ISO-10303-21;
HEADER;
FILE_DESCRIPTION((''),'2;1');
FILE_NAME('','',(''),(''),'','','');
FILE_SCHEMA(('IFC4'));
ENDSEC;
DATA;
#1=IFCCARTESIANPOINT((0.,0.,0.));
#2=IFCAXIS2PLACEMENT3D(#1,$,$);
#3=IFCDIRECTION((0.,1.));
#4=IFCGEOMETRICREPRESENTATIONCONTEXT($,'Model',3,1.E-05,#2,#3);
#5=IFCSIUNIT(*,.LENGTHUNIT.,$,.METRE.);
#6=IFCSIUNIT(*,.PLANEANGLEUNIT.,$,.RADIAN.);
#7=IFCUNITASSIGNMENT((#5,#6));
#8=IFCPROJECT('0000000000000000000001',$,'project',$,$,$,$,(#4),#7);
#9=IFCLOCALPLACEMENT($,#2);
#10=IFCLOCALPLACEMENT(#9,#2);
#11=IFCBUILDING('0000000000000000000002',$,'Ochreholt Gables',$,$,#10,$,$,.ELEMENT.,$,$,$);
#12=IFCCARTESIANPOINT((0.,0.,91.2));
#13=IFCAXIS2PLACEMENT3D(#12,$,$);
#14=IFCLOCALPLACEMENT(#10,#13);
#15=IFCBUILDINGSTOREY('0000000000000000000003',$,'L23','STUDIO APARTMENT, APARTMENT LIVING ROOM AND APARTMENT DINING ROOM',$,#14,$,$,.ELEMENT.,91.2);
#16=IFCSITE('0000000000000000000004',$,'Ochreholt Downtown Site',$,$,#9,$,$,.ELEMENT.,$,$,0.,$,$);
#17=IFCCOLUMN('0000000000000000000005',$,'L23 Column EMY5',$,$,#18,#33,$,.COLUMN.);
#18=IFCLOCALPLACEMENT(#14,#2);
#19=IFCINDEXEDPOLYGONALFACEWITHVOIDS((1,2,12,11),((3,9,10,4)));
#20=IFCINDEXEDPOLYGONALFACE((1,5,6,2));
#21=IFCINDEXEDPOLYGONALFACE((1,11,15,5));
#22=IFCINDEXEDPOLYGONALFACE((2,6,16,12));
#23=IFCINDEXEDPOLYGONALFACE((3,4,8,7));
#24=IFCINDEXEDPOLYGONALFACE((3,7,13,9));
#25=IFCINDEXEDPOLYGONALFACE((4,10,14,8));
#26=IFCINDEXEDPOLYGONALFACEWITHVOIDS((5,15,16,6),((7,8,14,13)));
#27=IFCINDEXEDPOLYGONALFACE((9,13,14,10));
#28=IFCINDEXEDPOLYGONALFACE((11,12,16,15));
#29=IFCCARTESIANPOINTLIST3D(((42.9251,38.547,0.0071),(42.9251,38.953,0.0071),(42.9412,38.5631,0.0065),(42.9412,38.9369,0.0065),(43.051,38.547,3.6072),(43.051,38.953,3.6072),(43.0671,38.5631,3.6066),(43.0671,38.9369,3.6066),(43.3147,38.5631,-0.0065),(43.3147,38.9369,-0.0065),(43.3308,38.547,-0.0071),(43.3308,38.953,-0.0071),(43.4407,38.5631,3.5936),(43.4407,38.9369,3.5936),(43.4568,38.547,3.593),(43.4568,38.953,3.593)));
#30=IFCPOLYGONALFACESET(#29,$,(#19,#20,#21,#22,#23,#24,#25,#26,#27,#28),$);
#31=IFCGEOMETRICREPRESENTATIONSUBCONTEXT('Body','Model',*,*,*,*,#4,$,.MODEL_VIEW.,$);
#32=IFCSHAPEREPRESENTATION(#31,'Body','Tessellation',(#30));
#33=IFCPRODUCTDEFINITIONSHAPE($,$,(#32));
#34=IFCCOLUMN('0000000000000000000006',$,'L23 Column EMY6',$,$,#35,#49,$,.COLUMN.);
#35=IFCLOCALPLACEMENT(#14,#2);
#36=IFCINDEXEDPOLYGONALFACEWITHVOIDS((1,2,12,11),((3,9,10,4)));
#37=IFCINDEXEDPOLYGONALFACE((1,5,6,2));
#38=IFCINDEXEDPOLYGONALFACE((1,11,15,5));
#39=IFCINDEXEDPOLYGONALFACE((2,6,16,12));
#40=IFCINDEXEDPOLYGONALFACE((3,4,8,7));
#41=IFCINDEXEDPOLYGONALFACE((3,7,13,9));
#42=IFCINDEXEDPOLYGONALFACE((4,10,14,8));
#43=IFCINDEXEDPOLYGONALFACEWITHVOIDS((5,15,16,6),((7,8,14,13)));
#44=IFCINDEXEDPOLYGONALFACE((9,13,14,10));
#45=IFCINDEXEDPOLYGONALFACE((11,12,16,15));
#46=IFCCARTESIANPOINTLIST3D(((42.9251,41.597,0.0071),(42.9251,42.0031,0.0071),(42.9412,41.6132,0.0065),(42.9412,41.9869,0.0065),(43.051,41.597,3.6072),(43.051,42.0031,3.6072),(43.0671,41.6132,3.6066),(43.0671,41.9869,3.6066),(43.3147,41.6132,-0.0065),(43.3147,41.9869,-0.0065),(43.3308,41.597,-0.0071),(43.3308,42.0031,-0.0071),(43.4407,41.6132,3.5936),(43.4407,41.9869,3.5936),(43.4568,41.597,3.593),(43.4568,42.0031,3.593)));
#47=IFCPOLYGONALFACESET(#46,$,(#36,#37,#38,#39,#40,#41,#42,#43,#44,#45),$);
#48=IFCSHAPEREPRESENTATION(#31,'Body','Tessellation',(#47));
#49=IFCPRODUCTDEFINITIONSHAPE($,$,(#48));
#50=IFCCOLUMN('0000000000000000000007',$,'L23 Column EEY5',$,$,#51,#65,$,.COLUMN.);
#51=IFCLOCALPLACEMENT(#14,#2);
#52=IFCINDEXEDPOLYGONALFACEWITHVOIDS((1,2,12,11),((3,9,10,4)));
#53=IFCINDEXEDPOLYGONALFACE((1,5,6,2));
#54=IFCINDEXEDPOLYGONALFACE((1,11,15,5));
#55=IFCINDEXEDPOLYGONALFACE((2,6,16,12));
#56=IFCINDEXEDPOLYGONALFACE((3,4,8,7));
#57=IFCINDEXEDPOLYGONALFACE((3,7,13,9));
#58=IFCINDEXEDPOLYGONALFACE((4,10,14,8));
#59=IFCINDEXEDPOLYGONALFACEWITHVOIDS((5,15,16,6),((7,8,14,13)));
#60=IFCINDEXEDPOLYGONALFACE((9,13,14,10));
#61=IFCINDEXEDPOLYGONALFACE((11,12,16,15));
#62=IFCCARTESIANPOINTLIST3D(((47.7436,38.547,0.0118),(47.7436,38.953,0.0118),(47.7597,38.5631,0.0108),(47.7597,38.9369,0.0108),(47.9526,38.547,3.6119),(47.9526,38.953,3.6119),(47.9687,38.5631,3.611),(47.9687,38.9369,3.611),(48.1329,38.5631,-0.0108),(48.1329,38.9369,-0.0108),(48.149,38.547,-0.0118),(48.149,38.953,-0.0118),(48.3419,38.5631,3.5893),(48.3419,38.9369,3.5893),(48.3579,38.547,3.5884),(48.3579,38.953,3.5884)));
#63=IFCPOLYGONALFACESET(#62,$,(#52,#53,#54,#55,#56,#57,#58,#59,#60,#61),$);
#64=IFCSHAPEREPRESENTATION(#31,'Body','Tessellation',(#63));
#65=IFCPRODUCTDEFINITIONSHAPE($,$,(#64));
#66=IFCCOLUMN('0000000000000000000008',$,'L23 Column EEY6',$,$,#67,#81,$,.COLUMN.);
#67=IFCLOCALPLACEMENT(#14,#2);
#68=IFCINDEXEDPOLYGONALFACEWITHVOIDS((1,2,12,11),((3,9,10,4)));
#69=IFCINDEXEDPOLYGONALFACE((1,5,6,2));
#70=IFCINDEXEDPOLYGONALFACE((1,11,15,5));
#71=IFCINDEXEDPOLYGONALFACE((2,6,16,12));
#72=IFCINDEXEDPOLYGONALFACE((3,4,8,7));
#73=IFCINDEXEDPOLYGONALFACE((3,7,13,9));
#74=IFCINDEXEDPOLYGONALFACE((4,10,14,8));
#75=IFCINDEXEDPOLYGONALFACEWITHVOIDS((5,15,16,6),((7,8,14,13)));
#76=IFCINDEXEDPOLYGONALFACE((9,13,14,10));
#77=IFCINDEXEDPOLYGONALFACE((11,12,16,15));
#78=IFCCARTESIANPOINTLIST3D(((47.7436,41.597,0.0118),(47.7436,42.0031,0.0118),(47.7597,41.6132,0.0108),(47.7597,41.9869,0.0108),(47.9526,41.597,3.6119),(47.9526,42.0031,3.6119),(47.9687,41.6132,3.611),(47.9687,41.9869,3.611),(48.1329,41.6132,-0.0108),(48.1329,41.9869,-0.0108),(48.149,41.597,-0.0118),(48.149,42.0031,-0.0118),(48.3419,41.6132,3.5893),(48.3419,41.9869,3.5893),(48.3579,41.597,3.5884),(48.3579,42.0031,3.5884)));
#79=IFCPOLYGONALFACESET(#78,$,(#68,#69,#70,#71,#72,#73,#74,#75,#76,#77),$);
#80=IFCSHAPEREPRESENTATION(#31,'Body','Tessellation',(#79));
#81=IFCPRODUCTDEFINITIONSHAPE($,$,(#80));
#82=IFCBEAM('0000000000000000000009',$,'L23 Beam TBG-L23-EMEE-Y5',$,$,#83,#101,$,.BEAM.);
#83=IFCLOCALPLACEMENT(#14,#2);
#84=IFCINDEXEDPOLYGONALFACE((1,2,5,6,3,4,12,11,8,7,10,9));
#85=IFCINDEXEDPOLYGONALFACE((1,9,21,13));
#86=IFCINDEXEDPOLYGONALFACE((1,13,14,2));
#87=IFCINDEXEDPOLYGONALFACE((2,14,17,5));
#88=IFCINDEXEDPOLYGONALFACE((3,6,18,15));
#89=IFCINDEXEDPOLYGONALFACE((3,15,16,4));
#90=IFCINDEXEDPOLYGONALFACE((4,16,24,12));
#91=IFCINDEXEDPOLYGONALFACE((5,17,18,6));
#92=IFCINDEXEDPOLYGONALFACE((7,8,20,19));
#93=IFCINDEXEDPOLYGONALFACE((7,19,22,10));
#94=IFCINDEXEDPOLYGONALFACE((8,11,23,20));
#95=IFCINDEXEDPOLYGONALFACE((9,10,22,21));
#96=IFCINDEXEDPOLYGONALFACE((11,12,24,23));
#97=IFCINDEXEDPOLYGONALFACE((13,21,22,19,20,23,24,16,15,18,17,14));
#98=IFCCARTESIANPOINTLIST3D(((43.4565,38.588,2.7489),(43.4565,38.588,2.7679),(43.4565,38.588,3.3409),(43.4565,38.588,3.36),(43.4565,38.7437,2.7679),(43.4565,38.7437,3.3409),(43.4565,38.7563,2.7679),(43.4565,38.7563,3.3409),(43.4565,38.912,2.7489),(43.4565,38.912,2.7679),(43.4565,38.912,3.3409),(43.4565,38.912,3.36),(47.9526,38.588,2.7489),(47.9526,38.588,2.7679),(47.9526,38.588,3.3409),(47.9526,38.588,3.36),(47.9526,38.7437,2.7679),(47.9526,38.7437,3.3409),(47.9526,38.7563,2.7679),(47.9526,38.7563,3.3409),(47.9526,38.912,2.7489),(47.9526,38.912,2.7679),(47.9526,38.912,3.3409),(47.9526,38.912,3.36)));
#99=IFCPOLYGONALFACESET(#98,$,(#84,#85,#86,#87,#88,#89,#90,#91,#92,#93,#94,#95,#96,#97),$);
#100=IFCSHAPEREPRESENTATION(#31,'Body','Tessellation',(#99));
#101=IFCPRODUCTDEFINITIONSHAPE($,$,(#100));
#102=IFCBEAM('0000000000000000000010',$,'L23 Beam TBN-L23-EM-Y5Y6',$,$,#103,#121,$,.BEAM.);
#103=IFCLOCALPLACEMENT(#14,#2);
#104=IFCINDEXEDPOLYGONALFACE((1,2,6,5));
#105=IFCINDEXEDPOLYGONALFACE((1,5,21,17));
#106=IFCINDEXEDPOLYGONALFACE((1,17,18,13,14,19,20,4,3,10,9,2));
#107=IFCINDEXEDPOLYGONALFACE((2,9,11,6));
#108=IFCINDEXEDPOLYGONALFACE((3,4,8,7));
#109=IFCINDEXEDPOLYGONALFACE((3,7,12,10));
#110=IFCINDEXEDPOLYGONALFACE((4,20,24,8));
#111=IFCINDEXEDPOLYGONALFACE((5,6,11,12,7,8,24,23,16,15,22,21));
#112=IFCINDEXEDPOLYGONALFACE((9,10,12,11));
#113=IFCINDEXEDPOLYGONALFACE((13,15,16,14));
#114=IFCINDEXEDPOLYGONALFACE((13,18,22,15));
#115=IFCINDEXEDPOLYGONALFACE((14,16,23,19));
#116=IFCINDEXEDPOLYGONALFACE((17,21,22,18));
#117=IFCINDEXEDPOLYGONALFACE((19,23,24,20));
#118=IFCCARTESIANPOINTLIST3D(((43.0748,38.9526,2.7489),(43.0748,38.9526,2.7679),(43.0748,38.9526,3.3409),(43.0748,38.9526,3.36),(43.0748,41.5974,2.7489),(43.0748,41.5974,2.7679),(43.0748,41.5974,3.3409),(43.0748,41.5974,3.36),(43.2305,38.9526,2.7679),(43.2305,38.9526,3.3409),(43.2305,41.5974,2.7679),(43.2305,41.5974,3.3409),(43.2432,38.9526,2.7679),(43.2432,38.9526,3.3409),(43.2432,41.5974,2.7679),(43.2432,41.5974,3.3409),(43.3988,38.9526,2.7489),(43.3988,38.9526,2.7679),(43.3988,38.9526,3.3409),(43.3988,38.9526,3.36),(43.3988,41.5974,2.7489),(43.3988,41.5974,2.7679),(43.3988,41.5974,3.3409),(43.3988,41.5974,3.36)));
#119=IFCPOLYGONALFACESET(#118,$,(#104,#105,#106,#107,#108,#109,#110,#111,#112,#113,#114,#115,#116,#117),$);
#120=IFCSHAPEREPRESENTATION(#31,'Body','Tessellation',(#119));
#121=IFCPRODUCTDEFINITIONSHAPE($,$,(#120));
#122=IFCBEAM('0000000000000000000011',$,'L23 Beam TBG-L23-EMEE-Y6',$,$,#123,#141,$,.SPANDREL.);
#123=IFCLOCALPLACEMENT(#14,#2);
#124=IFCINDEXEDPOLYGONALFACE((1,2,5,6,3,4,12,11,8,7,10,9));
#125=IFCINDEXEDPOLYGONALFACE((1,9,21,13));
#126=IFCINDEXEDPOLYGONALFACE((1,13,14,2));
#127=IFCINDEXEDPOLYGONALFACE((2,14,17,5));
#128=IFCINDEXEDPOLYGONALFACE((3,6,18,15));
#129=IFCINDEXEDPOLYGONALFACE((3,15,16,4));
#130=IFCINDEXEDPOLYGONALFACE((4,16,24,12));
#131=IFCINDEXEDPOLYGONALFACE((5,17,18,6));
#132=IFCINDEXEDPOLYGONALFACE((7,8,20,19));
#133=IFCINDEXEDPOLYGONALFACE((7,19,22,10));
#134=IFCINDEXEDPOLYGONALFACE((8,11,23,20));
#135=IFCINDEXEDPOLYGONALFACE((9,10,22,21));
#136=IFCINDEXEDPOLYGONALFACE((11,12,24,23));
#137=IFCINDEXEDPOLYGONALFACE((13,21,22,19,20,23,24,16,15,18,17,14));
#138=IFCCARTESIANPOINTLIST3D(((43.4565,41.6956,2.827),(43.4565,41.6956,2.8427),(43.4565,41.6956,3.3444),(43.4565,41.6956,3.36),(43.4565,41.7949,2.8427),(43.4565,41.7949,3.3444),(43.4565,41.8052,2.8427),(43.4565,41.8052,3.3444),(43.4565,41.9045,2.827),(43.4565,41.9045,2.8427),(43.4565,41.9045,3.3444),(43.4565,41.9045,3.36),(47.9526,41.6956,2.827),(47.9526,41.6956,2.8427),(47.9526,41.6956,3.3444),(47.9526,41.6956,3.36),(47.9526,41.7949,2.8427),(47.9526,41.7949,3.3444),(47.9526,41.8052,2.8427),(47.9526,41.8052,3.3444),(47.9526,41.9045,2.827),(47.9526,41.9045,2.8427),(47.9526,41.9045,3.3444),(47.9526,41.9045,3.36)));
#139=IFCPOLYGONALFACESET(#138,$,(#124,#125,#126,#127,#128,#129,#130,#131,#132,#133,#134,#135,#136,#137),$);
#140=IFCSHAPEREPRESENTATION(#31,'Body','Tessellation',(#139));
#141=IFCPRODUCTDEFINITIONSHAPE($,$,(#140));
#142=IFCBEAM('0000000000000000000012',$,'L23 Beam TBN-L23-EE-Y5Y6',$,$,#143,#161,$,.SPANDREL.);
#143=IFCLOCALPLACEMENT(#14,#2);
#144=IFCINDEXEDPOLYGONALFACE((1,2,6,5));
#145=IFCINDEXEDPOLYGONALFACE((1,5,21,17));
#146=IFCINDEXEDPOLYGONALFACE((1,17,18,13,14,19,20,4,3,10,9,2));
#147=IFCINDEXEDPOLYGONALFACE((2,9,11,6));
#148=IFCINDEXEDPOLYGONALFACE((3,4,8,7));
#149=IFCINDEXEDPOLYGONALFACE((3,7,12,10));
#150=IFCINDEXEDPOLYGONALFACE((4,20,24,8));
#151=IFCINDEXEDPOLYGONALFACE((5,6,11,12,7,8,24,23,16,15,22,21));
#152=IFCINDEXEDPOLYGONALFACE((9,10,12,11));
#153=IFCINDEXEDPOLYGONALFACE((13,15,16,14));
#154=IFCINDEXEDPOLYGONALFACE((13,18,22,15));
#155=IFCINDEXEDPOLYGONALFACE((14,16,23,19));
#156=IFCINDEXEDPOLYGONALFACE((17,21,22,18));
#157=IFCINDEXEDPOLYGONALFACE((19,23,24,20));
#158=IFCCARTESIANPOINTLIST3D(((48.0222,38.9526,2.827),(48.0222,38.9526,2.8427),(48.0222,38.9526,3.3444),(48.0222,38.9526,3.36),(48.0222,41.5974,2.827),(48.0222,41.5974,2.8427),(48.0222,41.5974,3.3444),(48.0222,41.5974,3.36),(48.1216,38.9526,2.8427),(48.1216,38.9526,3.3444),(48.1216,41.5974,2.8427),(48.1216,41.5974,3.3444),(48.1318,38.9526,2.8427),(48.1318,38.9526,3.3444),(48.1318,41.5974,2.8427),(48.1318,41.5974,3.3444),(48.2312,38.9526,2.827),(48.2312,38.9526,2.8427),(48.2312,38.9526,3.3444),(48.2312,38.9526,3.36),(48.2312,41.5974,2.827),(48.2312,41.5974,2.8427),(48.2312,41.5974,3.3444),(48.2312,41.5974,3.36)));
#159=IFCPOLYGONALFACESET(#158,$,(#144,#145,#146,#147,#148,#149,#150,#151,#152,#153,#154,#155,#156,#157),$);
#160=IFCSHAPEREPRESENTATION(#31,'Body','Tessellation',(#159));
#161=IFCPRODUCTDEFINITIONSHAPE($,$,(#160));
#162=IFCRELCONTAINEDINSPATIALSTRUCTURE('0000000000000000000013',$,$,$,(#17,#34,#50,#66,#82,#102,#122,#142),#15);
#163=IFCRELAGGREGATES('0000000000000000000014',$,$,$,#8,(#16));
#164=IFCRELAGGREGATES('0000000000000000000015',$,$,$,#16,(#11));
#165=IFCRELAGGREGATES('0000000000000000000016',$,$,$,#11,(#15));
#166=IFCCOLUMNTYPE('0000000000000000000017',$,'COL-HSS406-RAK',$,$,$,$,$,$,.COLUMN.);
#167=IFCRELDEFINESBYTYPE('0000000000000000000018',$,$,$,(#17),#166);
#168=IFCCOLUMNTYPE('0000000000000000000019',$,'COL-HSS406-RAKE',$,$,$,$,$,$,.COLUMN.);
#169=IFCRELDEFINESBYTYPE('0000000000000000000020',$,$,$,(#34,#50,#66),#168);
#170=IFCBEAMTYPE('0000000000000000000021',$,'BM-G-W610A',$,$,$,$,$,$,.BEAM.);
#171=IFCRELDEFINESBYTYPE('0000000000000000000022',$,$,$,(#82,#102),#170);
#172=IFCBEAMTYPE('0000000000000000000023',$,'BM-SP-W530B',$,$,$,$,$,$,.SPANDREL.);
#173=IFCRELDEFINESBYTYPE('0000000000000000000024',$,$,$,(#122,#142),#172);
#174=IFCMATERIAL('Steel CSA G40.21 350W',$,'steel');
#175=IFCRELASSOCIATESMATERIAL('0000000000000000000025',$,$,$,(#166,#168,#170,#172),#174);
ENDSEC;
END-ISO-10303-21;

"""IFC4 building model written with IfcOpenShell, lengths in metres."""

from ifc_helpers import new_model, si_unit, direction, frame, origin, origin_2d, place, context, subcontext, project, spatial, hollow_rectangle, i_section, extrude, material, material_profile, profile_set, type_object, element, save


model = new_model("IFC4")

# Units and contexts
model_context = context("Model", 3, precision=1e-05, world=origin(), true_north=direction((0.0, 1.0)))
body_context = subcontext(model_context, "Body", "Model", "MODEL_VIEW")
ifc_project = project(units=[si_unit("LENGTHUNIT", "METRE"), si_unit("PLANEANGLEUNIT", "RADIAN")], contexts=[model_context])

# Site, building, storey
site_placement = place(None, origin())
site = spatial("IfcSite", under=ifc_project, at=site_placement, Name="Ochreholt Downtown Site", CompositionType="ELEMENT", RefElevation=0.0)
building_placement = place(site_placement, origin())
building = spatial("IfcBuilding", under=site, at=building_placement, Name="Ochreholt Gables", CompositionType="ELEMENT")
storey_placement = place(building_placement, frame((0.0, 0.0, 91.2)))
storey = spatial("IfcBuildingStorey", under=building, at=storey_placement, Name="L23", Description="STUDIO APARTMENT, APARTMENT LIVING ROOM AND APARTMENT DINING ROOM", CompositionType="ELEMENT", Elevation=91.2)

# Columns
ifc_material_1 = material(Name="Steel CSA G40.21 350W", Category="steel")
ifc_material_profile_1 = material_profile(ifc_material_1, hollow_rectangle(XDim=0.406, YDim=0.406, WallThickness=0.0161, at=origin_2d()), Name="HSS406X406X16")
ifc_profile_set_1 = profile_set([ifc_material_profile_1], Name="Steel CSA G40.21 350W")
column_type_1 = type_object("IfcColumnType", Name="COL-HSS406-RAK", PredefinedType="COLUMN", material=ifc_profile_set_1)
column_1_placement = place(storey_placement, frame((43.1279, 38.75, 0.0), z_axis=(0.034971, 0.0, 0.999388), x_axis=(0.0, 1.0, 0.0)))
element("IfcColumn", 1, at=column_1_placement, inside=storey, type_object=column_type_1, Name="L23 Column EMY5", PredefinedType="COLUMN", context=body_context, shape_type="SweptSolid", body=[
    extrude(hollow_rectangle(XDim=0.406, YDim=0.406, WallThickness=0.0161, at=origin_2d()), origin(), (0.0, 0.0, 1.0), 3.6023),
])
ifc_material_profile_2 = material_profile(ifc_material_1, hollow_rectangle(XDim=0.406, YDim=0.406, WallThickness=0.0161, at=origin_2d()), Name="HSS406X406X16")
ifc_profile_set_2 = profile_set([ifc_material_profile_2], Name="Steel CSA G40.21 350W")
column_type_2 = type_object("IfcColumnType", Name="COL-HSS406-RAKE", PredefinedType="COLUMN", material=ifc_profile_set_2)
column_2_placement = place(storey_placement, frame((43.1279, 41.8, 0.0), z_axis=(0.034971, 0.0, 0.999388), x_axis=(0.0, 1.0, 0.0)))
element("IfcColumn", 2, at=column_2_placement, inside=storey, type_object=column_type_2, Name="L23 Column EMY6", PredefinedType="COLUMN", context=body_context, shape_type="SweptSolid", body=[
    extrude(hollow_rectangle(XDim=0.406, YDim=0.406, WallThickness=0.0161, at=origin_2d()), origin(), (0.0, 0.0, 1.0), 3.6023),
])
for number, where, z_axis, x_axis, name in (
    (3, (47.9463, 38.75, 0.0), (0.057952, 0.0, 0.998319), (0.0, 1.0, 0.0), "L23 Column EEY5"),
    (4, (47.9463, 41.8, 0.0), (0.057952, 0.0, 0.998319), (0.0, 1.0, 0.0), "L23 Column EEY6"),
):
    element("IfcColumn", number, at=place(storey_placement, frame(where, z_axis=z_axis, x_axis=x_axis)), inside=storey, type_object=column_type_2, Name=name, PredefinedType="COLUMN", context=body_context, shape_type="SweptSolid", body=[
        extrude(hollow_rectangle(XDim=0.406, YDim=0.406, WallThickness=0.0161, at=origin_2d()), origin(), (0.0, 0.0, 1.0), 3.6062),
    ])

# Beams
ifc_material_profile_3 = material_profile(ifc_material_1, i_section(OverallWidth=0.324, OverallDepth=0.6111, WebThickness=0.0127, FlangeThickness=0.019, at=origin_2d()), Name="W610X155")
ifc_profile_set_3 = profile_set([ifc_material_profile_3], Name="Steel CSA G40.21 350W")
beam_type_1 = type_object("IfcBeamType", Name="BM-G-W610A", PredefinedType="BEAM", material=ifc_profile_set_3)
beam_1_placement = place(storey_placement, frame((43.4565, 38.75, 3.0544), z_axis=(1.0, 0.0, 0.0), x_axis=(0.0, 1.0, 0.0)))
element("IfcBeam", 5, at=beam_1_placement, inside=storey, type_object=beam_type_1, Name="L23 Beam TBG-L23-EMEE-Y5", PredefinedType="BEAM", context=body_context, shape_type="SweptSolid", body=[
    extrude(i_section(OverallWidth=0.324, OverallDepth=0.6111, WebThickness=0.0127, FlangeThickness=0.019, at=origin_2d()), origin(), (0.0, 0.0, 1.0), 4.4961),
])
beam_2_placement = place(storey_placement, frame((43.2368, 38.9526, 3.0544), z_axis=(0.0, 1.0, 0.0), x_axis=(-1.0, 0.0, 0.0)))
element("IfcBeam", 6, at=beam_2_placement, inside=storey, type_object=beam_type_1, Name="L23 Beam TBN-L23-EM-Y5Y6", PredefinedType="BEAM", context=body_context, shape_type="SweptSolid", body=[
    extrude(i_section(OverallWidth=0.324, OverallDepth=0.6111, WebThickness=0.0127, FlangeThickness=0.019, at=origin_2d()), origin(), (0.0, 0.0, 1.0), 2.6448),
])
ifc_material_profile_4 = material_profile(ifc_material_1, i_section(OverallWidth=0.209, OverallDepth=0.533, WebThickness=0.0103, FlangeThickness=0.0156, at=origin_2d()), Name="W530X92")
ifc_profile_set_4 = profile_set([ifc_material_profile_4], Name="Steel CSA G40.21 350W")
beam_type_2 = type_object("IfcBeamType", Name="BM-SP-W530B", PredefinedType="SPANDREL", material=ifc_profile_set_4)
beam_3_placement = place(storey_placement, frame((43.4565, 41.8, 3.0935), z_axis=(1.0, 0.0, 0.0), x_axis=(0.0, 1.0, 0.0)))
element("IfcBeam", 7, at=beam_3_placement, inside=storey, type_object=beam_type_2, Name="L23 Beam TBG-L23-EMEE-Y6", PredefinedType="SPANDREL", context=body_context, shape_type="SweptSolid", body=[
    extrude(i_section(OverallWidth=0.209, OverallDepth=0.533, WebThickness=0.0103, FlangeThickness=0.0156, at=origin_2d()), origin(), (0.0, 0.0, 1.0), 4.4961),
])
beam_4_placement = place(storey_placement, frame((48.1267, 38.9526, 3.0935), z_axis=(0.0, 1.0, 0.0), x_axis=(-1.0, 0.0, 0.0)))
element("IfcBeam", 8, at=beam_4_placement, inside=storey, type_object=beam_type_2, Name="L23 Beam TBN-L23-EE-Y5Y6", PredefinedType="SPANDREL", context=body_context, shape_type="SweptSolid", body=[
    extrude(i_section(OverallWidth=0.209, OverallDepth=0.533, WebThickness=0.0103, FlangeThickness=0.0156, at=origin_2d()), origin(), (0.0, 0.0, 1.0), 2.6448),
])

save(model, "model.ifc")
